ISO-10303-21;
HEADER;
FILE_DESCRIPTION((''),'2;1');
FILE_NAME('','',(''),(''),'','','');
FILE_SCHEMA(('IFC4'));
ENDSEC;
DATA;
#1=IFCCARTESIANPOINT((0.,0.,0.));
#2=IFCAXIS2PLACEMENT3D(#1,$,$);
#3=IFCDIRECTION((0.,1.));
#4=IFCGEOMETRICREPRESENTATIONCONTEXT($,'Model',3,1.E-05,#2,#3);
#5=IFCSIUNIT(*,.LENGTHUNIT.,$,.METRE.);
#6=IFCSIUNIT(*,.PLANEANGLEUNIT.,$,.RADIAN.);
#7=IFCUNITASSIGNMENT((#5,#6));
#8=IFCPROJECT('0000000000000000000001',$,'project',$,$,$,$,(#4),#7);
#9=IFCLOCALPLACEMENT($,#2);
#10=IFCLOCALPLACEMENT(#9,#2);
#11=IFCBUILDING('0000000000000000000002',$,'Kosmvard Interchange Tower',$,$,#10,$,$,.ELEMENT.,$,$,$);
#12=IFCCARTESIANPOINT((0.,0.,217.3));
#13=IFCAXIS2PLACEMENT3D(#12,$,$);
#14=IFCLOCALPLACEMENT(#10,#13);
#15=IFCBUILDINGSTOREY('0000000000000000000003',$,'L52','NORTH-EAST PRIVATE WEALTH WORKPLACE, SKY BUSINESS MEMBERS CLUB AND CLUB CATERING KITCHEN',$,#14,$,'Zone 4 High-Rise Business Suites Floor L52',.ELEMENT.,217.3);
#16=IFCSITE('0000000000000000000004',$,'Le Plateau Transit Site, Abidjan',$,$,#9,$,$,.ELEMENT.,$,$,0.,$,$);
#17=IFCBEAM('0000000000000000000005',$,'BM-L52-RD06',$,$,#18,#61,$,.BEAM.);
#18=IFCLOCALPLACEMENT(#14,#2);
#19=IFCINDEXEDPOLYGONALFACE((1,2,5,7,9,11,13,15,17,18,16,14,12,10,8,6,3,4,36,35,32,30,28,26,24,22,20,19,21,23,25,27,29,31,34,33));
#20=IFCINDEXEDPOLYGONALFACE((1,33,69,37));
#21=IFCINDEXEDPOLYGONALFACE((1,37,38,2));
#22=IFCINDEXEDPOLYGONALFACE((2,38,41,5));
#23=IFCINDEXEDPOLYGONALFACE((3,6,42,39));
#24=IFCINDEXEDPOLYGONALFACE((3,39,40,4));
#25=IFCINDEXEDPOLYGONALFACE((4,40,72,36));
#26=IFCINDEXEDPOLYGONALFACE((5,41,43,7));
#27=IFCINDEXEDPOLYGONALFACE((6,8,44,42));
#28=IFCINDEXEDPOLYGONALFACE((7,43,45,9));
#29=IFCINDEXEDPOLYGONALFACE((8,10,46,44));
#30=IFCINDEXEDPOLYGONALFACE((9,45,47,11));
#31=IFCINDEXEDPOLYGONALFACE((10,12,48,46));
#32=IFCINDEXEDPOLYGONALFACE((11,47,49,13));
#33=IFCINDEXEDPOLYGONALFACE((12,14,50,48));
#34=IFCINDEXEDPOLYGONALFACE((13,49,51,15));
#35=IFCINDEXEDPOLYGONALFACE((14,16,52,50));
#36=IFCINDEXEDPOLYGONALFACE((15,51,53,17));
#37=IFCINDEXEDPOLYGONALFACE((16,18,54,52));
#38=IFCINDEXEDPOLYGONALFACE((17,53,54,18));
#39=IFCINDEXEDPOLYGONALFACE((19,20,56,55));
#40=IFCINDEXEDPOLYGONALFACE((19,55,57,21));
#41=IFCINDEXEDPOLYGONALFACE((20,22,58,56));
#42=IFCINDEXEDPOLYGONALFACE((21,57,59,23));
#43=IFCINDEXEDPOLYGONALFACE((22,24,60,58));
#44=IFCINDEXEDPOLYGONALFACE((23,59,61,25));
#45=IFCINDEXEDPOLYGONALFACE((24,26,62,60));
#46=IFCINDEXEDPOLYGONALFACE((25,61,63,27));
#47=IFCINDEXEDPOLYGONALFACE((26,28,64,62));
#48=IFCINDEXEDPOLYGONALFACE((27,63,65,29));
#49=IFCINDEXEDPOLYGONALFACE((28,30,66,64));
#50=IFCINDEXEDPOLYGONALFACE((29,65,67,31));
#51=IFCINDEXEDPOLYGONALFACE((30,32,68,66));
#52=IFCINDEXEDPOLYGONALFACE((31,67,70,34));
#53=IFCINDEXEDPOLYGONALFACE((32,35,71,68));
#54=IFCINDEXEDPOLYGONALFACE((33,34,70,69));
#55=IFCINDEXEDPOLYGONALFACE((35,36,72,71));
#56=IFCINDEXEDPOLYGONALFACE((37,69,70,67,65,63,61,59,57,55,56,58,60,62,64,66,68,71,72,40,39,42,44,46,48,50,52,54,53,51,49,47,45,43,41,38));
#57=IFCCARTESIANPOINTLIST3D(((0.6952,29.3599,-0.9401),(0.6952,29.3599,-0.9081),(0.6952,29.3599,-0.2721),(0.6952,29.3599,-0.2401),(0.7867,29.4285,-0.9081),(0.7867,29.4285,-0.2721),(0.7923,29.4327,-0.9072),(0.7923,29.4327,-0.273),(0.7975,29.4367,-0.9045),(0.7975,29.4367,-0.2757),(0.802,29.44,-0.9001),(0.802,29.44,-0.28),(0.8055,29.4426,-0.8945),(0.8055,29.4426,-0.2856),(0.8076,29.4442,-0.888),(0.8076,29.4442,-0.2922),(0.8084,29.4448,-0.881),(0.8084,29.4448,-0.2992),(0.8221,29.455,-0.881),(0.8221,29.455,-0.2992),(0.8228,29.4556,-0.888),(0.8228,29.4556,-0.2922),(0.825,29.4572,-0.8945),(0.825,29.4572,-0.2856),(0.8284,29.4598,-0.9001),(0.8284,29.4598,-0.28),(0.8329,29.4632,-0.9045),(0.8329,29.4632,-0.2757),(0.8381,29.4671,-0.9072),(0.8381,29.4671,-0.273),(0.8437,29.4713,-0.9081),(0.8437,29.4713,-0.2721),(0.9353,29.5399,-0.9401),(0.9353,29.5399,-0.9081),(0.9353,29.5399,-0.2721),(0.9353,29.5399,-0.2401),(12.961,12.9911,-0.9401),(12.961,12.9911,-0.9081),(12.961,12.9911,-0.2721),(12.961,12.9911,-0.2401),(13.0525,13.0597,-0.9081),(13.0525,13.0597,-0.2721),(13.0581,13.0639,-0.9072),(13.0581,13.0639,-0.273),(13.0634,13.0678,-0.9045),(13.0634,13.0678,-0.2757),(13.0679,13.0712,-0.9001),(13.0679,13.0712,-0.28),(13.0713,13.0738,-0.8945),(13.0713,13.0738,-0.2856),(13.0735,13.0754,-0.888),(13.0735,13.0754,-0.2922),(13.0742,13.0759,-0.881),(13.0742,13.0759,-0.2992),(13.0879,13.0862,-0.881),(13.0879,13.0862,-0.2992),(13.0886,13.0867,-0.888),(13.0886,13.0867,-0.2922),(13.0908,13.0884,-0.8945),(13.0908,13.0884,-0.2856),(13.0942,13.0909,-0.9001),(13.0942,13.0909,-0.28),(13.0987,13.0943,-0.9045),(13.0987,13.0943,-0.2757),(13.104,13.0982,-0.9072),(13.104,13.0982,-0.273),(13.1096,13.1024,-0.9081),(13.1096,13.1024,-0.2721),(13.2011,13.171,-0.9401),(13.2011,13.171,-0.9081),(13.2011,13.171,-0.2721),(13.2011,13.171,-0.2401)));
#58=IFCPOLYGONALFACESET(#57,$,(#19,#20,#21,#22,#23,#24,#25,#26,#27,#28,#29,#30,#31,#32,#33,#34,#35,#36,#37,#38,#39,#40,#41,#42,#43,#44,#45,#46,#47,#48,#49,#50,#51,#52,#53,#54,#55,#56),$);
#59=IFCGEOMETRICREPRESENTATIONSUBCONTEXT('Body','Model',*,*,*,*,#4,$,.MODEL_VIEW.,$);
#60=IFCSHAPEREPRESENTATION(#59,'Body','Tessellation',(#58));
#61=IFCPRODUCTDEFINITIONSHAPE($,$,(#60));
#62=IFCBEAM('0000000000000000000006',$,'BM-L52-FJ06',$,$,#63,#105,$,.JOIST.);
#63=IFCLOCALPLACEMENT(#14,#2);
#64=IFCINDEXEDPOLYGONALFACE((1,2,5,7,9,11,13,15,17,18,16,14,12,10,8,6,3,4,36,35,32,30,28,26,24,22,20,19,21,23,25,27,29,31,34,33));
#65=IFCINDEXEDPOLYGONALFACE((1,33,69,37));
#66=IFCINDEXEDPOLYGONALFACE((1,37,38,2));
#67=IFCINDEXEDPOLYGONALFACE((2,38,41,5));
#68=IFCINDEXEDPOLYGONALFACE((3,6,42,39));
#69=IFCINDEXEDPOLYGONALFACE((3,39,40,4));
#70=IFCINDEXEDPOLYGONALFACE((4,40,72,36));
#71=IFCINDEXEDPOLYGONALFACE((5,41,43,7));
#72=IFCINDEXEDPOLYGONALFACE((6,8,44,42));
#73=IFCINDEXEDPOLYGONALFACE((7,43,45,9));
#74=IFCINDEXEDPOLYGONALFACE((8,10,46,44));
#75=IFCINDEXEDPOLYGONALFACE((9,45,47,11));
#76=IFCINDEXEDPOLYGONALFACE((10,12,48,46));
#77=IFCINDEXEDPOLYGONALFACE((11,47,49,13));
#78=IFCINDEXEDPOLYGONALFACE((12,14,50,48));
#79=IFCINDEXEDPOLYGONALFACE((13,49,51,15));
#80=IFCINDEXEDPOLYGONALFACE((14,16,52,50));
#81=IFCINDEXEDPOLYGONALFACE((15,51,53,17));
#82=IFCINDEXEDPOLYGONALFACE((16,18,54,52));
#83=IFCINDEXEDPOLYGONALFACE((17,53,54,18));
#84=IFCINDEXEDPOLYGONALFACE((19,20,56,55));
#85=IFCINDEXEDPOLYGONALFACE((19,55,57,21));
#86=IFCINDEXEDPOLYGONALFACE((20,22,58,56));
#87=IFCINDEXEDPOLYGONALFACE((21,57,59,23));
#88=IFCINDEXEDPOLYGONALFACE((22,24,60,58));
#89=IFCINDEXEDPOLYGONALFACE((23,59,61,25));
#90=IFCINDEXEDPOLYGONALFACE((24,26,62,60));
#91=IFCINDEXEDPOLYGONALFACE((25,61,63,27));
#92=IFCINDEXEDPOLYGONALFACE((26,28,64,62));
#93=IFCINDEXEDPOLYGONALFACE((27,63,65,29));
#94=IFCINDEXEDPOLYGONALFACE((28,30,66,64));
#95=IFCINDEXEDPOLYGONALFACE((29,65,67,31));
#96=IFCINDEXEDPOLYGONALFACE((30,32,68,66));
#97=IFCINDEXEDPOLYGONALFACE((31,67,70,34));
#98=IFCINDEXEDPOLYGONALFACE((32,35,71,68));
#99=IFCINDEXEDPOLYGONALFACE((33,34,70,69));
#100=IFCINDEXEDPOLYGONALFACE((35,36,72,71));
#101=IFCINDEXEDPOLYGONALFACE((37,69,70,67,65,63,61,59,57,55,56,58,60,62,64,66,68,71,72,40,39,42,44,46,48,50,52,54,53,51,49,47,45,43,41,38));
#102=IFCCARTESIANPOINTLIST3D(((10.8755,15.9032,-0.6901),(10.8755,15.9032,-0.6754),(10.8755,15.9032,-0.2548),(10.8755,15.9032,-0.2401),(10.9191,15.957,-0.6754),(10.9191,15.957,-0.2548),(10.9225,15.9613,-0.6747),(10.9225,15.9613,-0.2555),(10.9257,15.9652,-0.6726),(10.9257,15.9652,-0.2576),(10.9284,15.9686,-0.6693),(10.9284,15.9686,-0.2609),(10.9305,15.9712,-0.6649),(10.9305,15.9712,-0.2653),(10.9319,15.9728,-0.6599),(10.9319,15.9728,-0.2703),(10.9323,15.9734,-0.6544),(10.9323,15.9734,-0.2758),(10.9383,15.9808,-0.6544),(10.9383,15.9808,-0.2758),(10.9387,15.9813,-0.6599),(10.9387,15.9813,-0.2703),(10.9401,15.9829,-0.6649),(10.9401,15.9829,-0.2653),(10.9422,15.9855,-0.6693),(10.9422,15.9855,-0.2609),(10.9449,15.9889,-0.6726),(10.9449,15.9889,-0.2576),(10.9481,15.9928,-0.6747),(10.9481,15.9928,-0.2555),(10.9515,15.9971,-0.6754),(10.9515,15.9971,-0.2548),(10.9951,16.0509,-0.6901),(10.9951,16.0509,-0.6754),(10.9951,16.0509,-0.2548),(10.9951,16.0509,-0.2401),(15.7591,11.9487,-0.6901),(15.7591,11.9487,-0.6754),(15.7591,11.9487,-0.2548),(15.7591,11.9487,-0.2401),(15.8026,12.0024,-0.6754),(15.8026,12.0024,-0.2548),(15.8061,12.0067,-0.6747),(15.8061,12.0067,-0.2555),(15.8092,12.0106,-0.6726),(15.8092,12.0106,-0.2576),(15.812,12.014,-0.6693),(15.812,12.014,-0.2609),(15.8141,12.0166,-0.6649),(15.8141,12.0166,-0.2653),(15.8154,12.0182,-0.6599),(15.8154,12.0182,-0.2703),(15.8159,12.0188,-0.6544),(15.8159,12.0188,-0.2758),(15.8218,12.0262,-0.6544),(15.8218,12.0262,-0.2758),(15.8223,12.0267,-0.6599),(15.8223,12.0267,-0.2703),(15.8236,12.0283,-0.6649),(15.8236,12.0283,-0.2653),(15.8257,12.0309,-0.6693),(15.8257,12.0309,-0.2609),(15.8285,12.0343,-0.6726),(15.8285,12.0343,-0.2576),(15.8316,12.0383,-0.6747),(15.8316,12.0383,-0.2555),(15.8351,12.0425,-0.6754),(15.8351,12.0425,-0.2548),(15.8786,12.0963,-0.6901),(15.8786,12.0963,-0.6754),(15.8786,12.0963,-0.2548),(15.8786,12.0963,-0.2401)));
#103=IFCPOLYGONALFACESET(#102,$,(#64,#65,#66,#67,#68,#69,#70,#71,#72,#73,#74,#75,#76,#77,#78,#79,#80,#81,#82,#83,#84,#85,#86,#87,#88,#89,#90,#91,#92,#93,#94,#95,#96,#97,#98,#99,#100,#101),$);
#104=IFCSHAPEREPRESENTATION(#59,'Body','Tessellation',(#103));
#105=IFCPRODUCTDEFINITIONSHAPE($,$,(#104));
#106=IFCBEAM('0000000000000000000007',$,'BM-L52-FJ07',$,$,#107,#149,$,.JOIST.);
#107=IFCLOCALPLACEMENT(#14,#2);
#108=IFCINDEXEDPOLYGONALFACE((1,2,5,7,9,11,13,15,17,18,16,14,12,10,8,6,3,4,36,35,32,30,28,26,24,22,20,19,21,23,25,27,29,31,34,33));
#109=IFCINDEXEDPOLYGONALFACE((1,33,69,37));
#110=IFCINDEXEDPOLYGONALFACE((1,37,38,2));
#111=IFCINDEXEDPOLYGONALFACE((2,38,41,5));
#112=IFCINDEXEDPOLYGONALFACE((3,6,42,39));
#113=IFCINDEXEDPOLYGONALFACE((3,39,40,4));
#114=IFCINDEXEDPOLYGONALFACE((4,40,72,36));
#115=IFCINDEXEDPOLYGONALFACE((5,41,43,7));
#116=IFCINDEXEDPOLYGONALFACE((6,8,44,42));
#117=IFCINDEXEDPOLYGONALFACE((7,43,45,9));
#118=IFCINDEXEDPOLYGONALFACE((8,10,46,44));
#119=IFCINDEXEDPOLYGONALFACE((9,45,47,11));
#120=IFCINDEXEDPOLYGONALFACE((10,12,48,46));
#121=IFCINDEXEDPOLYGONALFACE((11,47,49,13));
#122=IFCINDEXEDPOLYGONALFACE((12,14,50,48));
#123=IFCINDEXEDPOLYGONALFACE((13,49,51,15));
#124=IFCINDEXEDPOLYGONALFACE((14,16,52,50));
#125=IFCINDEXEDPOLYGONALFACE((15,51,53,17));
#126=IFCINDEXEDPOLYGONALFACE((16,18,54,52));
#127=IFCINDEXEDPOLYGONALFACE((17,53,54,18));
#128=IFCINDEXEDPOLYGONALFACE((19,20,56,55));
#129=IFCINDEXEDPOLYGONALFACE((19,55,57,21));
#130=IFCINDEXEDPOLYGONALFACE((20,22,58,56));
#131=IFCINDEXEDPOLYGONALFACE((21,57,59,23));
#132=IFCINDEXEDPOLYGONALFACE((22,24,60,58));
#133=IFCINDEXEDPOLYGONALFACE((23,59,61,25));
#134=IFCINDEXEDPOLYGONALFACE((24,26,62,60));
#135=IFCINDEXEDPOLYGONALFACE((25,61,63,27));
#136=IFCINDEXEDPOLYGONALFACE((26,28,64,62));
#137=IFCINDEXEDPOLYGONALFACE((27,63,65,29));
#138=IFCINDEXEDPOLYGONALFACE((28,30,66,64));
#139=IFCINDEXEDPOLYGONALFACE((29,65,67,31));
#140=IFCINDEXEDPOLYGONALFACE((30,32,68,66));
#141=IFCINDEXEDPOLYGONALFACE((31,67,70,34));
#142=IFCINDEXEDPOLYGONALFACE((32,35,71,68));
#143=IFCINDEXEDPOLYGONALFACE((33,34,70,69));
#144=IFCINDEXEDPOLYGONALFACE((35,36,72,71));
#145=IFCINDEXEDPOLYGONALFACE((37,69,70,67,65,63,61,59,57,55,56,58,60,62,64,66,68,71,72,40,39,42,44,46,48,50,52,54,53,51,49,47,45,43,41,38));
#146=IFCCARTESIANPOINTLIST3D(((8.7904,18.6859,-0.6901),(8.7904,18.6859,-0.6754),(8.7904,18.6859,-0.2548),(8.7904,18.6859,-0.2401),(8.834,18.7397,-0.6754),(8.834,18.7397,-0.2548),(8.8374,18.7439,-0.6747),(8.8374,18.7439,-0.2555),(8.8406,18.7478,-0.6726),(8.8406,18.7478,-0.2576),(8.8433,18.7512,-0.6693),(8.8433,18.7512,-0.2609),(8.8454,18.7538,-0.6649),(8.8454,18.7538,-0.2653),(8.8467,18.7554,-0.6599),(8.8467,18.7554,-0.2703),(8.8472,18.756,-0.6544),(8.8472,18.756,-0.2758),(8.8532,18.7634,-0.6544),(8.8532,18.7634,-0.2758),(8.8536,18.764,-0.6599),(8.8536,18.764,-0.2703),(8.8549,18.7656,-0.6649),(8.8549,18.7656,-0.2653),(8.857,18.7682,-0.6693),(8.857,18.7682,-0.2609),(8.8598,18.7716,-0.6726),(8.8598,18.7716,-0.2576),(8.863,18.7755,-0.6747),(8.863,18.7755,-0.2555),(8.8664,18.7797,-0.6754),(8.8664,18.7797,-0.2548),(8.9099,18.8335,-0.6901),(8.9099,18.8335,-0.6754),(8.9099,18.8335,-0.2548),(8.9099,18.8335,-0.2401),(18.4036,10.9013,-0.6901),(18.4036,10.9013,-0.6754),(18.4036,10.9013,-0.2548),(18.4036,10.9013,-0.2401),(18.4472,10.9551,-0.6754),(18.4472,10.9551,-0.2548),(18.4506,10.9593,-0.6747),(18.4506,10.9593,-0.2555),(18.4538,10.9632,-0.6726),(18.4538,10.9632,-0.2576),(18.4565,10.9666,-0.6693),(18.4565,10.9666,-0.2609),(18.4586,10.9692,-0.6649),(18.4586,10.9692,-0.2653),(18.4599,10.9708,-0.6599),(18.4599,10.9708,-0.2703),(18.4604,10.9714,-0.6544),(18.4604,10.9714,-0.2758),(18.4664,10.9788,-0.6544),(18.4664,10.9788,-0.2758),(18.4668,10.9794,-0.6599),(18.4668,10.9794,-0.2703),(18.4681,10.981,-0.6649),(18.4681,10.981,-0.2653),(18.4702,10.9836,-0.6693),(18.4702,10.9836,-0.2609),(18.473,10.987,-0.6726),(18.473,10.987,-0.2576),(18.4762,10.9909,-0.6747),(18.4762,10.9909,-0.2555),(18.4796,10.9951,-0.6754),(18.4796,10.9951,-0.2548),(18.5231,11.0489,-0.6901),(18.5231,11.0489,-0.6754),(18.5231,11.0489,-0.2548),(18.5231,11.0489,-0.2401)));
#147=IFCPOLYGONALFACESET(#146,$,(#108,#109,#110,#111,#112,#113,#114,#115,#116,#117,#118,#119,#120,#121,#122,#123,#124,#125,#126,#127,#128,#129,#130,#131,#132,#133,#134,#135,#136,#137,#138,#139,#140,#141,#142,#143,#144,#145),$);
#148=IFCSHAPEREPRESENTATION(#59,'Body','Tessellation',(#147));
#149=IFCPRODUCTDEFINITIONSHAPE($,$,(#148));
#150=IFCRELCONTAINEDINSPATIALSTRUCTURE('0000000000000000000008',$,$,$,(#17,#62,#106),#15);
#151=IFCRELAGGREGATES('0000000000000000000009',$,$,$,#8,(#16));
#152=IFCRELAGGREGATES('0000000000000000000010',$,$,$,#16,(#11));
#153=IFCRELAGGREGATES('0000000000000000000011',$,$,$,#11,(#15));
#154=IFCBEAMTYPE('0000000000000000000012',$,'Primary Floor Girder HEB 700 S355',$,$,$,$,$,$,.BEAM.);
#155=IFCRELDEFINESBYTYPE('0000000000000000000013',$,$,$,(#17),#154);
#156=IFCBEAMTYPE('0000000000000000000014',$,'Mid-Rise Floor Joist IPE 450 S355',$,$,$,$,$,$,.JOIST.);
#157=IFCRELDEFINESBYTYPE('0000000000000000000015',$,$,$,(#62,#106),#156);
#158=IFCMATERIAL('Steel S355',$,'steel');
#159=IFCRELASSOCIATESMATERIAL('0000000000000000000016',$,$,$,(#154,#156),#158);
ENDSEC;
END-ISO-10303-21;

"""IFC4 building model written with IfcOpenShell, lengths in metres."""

from ifc_helpers import new_model, si_unit, direction, frame, origin, origin_2d, place, context, subcontext, project, spatial, i_section, extrude, source, transform, mapped, material, material_profile, profile_set, type_object, element, save


model = new_model("IFC4")

# Units and contexts
model_context = context("Model", 3, precision=1e-05, world=origin(), true_north=direction((0.0, 1.0)))
body_context = subcontext(model_context, "Body", "Model", "MODEL_VIEW")
ifc_project = project(units=[si_unit("LENGTHUNIT", "METRE"), si_unit("PLANEANGLEUNIT", "RADIAN")], contexts=[model_context])

# Site, building, storey
site_placement = place(None, origin())
site = spatial("IfcSite", under=ifc_project, at=site_placement, Name="Le Plateau Transit Site, Abidjan", CompositionType="ELEMENT", RefElevation=0.0)
building_placement = place(site_placement, origin())
building = spatial("IfcBuilding", under=site, at=building_placement, Name="Kosmvard Interchange Tower", CompositionType="ELEMENT")
storey_placement = place(building_placement, frame((0.0, 0.0, 217.3)))
storey = spatial("IfcBuildingStorey", under=building, at=storey_placement, Name="L52", Description="NORTH-EAST PRIVATE WEALTH WORKPLACE, SKY BUSINESS MEMBERS CLUB AND CLUB CATERING KITCHEN", LongName="Zone 4 High-Rise Business Suites Floor L52", CompositionType="ELEMENT", Elevation=217.3)

# Beams
ifc_material_1 = material(Name="Steel S355", Category="steel")
ifc_material_profile_1 = material_profile(ifc_material_1, i_section(OverallWidth=0.3, OverallDepth=0.7, WebThickness=0.0171, FlangeThickness=0.032, FilletRadius=0.0271, at=origin_2d()), Name="HEB 700")
ifc_profile_set_1 = profile_set([ifc_material_profile_1], Name="Steel S355")
beam_type_1 = type_object("IfcBeamType", Name="Primary Floor Girder HEB 700 S355", PredefinedType="BEAM", material=ifc_profile_set_1)
shared_shape_1 = source(origin(), body_context, "Body", "SweptSolid", [
    extrude(i_section(OverallWidth=0.3, OverallDepth=0.7, WebThickness=0.0171, FlangeThickness=0.032, FilletRadius=0.0271, at=origin_2d()), origin(), (0.0, 0.0, 1.0), 20.4546),
])
beam_1_placement = place(storey_placement, frame((13.0811, 13.0811, -0.5901), z_axis=(-0.599662, 0.800253, 0.0), x_axis=(-0.800253, -0.599662, 0.0)))
element("IfcBeam", 1, at=beam_1_placement, inside=storey, type_object=beam_type_1, Name="BM-L52-RD06", PredefinedType="BEAM", context=body_context, shape_type="MappedRepresentation", body=[
    mapped(shared_shape_1, transform((0.0, 0.0, 0.0), scale=1.0)),
])
ifc_material_profile_2 = material_profile(ifc_material_1, i_section(OverallWidth=0.1899, OverallDepth=0.45, WebThickness=0.0095, FlangeThickness=0.0146, FilletRadius=0.021, at=origin_2d()), Name="IPE 450")
ifc_profile_set_2 = profile_set([ifc_material_profile_2], Name="Steel S355")
beam_type_2 = type_object("IfcBeamType", Name="Mid-Rise Floor Joist IPE 450 S355", PredefinedType="JOIST", material=ifc_profile_set_2)
shared_shape_2 = source(origin(), body_context, "Body", "SweptSolid", [
    extrude(i_section(OverallWidth=0.1899, OverallDepth=0.45, WebThickness=0.0095, FlangeThickness=0.0146, FilletRadius=0.021, at=origin_2d()), origin(), (0.0, 0.0, 1.0), 6.2839),
])
beam_2_placement = place(storey_placement, frame((15.8188, 12.0225, -0.4651), z_axis=(-0.777148, 0.629318, 0.0), x_axis=(-0.629318, -0.777148, 0.0)))
element("IfcBeam", 2, at=beam_2_placement, inside=storey, type_object=beam_type_2, Name="BM-L52-FJ06", PredefinedType="JOIST", context=body_context, shape_type="MappedRepresentation", body=[
    mapped(shared_shape_2, transform((0.0, 0.0, 0.0), scale=1.0)),
])
shared_shape_3 = source(origin(), body_context, "Body", "SweptSolid", [
    extrude(i_section(OverallWidth=0.1899, OverallDepth=0.45, WebThickness=0.0095, FlangeThickness=0.0146, FilletRadius=0.021, at=origin_2d()), origin(), (0.0, 0.0, 1.0), 12.3699),
])
beam_3_placement = place(storey_placement, frame((18.4634, 10.9751, -0.4651), z_axis=(-0.777147, 0.62932, 0.0), x_axis=(-0.62932, -0.777147, 0.0)))
element("IfcBeam", 3, at=beam_3_placement, inside=storey, type_object=beam_type_2, Name="BM-L52-FJ07", PredefinedType="JOIST", context=body_context, shape_type="MappedRepresentation", body=[
    mapped(shared_shape_3, transform((0.0, 0.0, 0.0), scale=1.0)),
])

save(model, "model.ifc")
